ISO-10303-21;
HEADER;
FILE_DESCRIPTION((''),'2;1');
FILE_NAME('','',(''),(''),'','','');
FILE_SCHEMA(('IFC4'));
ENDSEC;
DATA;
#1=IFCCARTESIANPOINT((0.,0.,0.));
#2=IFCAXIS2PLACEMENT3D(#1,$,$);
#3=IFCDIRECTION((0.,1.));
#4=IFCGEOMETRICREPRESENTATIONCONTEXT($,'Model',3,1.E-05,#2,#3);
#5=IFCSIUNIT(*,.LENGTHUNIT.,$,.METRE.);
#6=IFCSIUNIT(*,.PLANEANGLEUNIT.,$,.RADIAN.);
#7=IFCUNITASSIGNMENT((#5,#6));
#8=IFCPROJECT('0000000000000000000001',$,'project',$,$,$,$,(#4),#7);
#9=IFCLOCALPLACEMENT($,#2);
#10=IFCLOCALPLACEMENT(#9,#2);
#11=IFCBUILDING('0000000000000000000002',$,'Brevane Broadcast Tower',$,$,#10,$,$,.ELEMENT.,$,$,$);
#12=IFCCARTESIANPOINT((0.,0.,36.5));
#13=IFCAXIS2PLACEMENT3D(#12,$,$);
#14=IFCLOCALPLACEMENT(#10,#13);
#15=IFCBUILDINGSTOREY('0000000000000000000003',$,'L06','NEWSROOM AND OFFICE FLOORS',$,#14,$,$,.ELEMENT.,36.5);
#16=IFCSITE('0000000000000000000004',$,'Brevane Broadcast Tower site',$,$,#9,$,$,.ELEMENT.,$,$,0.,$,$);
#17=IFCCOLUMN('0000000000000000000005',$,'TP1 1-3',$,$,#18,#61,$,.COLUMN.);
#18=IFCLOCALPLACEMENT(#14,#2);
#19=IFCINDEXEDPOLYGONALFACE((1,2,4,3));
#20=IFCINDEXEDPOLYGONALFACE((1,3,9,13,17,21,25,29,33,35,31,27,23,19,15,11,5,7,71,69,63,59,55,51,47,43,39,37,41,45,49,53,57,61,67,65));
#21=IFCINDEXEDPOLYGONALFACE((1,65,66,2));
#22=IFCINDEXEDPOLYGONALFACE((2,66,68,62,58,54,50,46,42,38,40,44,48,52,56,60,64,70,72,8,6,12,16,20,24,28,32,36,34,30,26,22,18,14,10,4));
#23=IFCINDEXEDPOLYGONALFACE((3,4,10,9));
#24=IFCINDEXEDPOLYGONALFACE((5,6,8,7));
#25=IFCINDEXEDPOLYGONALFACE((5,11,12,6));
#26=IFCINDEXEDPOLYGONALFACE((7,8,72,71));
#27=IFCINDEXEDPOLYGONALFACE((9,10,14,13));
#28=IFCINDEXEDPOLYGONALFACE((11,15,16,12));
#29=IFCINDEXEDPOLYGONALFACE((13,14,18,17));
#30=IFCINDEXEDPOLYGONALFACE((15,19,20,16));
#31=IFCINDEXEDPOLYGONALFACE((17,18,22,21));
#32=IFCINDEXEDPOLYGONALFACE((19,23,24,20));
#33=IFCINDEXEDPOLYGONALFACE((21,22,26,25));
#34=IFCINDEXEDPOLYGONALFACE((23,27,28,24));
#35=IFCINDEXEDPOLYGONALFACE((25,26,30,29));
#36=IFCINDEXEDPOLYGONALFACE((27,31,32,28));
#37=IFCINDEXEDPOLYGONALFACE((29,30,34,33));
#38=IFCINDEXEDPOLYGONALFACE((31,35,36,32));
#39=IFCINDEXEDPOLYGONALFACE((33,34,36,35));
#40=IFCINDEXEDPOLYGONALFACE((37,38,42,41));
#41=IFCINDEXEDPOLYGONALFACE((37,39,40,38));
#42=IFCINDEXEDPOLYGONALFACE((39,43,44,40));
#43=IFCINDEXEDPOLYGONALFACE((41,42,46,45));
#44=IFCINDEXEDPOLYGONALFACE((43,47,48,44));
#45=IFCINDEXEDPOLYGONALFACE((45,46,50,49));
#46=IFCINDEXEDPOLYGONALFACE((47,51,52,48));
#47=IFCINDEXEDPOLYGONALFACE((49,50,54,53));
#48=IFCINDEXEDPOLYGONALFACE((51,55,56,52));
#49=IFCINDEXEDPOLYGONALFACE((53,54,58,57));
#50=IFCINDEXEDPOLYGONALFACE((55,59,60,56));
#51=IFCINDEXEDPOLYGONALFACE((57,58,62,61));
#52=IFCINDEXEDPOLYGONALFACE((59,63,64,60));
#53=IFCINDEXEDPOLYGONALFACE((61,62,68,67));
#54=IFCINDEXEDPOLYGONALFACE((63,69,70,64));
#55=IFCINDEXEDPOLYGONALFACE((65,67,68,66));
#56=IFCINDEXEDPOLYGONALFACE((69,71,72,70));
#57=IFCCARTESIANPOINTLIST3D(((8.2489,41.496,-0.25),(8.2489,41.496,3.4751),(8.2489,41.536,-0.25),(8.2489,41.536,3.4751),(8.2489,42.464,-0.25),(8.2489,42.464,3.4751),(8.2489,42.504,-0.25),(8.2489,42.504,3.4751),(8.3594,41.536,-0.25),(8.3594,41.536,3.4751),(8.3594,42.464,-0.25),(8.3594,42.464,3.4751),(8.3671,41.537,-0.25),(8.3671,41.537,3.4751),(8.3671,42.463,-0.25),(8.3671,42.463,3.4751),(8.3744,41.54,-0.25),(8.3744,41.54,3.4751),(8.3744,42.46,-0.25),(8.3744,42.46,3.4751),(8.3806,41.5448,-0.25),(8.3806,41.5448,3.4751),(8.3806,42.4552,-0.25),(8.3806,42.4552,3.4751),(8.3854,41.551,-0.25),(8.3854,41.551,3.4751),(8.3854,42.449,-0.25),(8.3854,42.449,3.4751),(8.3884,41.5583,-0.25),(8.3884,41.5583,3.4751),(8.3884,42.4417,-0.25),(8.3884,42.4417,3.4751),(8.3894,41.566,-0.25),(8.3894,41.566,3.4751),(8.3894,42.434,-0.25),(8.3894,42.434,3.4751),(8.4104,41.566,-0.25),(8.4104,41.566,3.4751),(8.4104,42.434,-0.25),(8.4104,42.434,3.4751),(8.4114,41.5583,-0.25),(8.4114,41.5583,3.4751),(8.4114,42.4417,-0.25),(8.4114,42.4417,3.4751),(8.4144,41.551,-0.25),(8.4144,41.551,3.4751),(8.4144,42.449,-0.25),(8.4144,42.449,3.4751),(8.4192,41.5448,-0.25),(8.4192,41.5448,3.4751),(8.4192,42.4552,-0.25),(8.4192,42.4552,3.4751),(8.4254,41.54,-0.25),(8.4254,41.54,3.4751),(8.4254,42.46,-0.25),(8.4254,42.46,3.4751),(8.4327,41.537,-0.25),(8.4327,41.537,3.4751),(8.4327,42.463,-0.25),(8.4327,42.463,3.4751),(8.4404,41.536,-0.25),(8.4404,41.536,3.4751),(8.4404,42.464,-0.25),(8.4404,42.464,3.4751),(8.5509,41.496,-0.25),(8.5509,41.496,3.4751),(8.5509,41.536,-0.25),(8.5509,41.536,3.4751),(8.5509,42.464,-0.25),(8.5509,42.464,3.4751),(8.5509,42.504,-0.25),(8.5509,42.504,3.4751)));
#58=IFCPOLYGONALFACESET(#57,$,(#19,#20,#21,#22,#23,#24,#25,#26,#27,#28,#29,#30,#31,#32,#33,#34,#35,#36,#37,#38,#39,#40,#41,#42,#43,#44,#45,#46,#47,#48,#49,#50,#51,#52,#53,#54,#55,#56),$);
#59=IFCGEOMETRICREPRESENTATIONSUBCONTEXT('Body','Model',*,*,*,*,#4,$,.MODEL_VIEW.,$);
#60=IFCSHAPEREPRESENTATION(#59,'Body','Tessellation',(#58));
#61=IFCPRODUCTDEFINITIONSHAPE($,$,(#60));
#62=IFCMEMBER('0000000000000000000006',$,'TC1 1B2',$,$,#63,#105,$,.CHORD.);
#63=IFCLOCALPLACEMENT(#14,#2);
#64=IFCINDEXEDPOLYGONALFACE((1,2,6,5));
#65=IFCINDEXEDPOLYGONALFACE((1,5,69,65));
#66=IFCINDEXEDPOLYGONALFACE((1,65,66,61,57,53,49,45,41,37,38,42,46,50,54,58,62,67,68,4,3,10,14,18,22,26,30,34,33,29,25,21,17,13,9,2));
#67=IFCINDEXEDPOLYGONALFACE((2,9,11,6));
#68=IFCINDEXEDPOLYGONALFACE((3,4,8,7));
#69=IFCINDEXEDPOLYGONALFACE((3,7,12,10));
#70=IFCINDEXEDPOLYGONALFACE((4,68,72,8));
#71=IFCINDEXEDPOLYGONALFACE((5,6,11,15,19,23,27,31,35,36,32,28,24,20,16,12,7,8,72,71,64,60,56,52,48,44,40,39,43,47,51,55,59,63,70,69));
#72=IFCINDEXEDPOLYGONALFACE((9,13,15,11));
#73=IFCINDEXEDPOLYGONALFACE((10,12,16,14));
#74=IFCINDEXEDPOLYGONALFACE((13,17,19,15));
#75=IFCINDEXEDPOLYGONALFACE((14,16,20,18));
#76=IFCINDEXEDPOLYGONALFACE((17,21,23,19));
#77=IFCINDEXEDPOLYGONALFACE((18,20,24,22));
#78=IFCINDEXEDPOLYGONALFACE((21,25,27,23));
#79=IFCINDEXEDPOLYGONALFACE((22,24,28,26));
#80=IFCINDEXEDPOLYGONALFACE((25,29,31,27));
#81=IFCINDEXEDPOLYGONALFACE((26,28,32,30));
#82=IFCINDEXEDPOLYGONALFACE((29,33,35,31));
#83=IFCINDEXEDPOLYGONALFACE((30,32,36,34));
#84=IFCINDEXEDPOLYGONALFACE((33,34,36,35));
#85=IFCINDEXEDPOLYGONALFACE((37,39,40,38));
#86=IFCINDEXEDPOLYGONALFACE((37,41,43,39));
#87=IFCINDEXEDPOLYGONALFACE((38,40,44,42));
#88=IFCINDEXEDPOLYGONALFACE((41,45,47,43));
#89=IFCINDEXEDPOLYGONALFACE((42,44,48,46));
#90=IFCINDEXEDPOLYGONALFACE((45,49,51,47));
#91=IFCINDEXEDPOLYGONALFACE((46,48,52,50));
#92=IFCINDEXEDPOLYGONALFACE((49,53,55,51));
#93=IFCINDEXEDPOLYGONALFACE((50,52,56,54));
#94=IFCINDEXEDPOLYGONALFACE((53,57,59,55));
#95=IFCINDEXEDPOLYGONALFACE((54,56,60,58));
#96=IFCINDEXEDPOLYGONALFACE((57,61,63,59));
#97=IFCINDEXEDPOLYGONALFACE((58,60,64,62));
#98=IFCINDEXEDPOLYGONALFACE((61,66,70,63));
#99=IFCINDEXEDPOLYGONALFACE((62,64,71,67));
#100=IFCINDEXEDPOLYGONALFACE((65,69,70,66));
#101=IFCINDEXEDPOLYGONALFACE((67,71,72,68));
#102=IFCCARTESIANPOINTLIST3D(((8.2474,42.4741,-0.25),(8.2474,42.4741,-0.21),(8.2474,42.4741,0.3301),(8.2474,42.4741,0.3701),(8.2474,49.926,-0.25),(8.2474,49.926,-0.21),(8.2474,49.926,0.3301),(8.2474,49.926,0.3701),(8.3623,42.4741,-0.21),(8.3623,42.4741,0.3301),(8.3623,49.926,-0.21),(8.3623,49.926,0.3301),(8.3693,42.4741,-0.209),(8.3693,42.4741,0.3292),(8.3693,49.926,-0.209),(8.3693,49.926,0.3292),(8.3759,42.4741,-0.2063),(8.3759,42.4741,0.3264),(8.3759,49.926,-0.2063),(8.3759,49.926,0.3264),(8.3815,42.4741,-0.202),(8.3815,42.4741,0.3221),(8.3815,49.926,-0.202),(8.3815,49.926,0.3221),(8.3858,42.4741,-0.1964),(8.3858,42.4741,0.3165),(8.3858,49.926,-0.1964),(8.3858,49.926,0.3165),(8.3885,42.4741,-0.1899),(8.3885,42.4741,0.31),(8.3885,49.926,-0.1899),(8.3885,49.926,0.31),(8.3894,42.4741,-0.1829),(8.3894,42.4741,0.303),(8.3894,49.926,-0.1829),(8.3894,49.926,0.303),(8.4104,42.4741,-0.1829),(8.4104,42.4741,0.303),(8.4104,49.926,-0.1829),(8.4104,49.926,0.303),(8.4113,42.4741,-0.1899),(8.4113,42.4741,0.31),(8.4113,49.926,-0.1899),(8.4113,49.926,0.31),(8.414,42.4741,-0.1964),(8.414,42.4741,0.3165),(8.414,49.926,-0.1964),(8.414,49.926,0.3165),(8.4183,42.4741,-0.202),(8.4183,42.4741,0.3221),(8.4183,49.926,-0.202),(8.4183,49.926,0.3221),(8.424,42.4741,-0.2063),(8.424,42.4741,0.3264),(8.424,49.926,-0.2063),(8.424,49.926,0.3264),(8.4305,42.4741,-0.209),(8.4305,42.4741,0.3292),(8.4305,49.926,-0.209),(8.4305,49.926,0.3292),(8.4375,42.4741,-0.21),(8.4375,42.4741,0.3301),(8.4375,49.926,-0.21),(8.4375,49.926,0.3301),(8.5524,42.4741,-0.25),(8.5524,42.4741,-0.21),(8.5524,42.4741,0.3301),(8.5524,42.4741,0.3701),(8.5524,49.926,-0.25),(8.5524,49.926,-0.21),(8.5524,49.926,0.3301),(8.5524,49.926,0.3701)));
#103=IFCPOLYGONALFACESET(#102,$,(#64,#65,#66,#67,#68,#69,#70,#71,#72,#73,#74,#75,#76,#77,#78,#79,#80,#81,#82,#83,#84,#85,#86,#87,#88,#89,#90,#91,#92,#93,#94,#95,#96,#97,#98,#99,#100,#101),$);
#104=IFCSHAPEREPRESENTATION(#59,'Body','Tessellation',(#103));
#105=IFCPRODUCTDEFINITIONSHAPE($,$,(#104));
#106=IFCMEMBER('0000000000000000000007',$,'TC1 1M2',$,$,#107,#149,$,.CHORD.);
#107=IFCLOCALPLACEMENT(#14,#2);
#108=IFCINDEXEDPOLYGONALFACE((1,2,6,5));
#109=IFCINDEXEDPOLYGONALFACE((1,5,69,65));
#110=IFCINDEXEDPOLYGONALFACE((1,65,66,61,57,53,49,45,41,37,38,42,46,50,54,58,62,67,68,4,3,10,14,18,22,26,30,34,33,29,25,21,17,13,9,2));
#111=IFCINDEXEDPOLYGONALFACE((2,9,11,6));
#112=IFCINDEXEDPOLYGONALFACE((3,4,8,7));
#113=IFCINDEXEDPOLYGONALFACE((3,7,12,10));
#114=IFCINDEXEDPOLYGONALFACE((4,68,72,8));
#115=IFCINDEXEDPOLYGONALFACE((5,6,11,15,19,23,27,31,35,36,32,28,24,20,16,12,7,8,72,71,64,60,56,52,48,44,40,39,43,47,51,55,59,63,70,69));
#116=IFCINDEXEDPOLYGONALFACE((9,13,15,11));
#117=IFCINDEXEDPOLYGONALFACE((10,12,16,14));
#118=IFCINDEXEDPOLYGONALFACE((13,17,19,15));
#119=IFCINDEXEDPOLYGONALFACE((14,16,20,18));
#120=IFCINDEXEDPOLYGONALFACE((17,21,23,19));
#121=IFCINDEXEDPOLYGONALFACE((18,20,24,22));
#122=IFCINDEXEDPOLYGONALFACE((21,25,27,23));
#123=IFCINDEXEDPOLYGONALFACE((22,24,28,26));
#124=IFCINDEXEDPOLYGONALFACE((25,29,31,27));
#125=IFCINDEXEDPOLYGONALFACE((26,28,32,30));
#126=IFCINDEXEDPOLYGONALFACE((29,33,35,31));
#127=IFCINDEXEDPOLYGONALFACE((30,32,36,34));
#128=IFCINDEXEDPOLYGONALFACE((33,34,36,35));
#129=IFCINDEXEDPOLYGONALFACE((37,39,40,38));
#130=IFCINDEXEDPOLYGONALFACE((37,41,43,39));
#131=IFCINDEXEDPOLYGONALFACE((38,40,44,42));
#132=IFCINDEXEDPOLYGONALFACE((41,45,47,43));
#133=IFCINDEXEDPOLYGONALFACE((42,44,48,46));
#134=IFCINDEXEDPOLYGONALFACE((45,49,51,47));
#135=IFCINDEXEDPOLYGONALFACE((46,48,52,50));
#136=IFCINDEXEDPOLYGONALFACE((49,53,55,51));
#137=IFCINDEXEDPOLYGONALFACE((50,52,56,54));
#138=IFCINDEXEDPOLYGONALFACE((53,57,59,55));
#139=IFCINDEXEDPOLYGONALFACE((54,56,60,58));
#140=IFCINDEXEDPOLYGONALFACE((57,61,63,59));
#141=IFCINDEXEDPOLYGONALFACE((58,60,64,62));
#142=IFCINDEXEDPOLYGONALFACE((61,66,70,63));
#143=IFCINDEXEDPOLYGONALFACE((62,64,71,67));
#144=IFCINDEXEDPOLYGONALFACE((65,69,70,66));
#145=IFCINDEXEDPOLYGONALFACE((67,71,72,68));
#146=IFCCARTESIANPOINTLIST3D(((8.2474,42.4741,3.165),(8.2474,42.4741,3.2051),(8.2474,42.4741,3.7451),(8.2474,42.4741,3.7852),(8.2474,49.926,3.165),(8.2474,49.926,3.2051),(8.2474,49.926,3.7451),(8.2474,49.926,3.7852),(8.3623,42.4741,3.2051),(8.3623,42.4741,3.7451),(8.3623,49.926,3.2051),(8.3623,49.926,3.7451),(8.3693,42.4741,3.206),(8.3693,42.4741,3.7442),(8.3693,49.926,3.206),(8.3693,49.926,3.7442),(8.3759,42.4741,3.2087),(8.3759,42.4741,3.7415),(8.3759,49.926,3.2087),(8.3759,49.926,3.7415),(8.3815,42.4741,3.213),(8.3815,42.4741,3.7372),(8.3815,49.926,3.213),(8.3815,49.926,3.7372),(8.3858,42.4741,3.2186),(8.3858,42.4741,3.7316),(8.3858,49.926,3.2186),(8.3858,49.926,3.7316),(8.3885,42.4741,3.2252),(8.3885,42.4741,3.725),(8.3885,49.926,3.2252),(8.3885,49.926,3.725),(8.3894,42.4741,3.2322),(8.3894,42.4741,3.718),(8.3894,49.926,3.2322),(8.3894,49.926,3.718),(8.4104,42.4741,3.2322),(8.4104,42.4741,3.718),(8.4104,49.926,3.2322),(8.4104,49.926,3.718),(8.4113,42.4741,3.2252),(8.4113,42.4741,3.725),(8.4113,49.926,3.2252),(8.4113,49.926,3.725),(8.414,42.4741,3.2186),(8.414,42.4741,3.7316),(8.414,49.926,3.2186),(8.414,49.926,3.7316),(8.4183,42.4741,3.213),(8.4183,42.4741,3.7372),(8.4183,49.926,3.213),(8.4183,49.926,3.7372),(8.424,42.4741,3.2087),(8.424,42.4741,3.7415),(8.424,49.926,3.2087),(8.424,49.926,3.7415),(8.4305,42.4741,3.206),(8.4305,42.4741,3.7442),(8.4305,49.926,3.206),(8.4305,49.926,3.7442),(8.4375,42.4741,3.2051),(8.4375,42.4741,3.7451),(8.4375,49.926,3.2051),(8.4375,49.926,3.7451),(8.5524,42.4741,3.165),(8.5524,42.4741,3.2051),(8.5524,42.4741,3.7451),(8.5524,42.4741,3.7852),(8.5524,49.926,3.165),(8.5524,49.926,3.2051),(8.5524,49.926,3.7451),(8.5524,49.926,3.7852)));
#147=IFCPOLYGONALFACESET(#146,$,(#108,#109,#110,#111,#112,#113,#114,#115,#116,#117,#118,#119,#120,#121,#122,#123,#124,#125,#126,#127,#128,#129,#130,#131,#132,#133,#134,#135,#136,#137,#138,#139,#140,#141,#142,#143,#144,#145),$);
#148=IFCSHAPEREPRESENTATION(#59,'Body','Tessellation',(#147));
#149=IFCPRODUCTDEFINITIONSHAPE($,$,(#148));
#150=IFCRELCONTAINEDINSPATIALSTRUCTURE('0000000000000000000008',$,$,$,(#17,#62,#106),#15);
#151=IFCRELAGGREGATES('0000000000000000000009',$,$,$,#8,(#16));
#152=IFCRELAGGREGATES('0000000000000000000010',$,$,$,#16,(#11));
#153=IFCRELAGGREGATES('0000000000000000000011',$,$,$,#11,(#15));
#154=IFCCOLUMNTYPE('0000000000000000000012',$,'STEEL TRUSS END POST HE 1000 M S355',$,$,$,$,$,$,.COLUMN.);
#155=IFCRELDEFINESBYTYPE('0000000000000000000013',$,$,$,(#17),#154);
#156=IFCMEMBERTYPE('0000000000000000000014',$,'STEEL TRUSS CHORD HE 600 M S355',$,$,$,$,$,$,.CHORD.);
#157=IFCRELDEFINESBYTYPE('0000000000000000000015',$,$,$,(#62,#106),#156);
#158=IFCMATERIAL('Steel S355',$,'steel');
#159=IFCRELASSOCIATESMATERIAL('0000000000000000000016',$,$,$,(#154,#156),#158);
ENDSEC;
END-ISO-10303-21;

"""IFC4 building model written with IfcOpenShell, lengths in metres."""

from ifc_helpers import new_model, si_unit, direction, frame, origin, origin_2d, place, context, subcontext, project, spatial, i_section, extrude, material, material_profile, profile_set, type_object, element, save


model = new_model("IFC4")

# Units and contexts
model_context = context("Model", 3, precision=1e-05, world=origin(), true_north=direction((0.0, 1.0)))
body_context = subcontext(model_context, "Body", "Model", "MODEL_VIEW")
ifc_project = project(units=[si_unit("LENGTHUNIT", "METRE"), si_unit("PLANEANGLEUNIT", "RADIAN")], contexts=[model_context])

# Site, building, storey
site_placement = place(None, origin())
site = spatial("IfcSite", under=ifc_project, at=site_placement, Name="Brevane Broadcast Tower site", CompositionType="ELEMENT", RefElevation=0.0)
building_placement = place(site_placement, origin())
building = spatial("IfcBuilding", under=site, at=building_placement, Name="Brevane Broadcast Tower", CompositionType="ELEMENT")
storey_placement = place(building_placement, frame((0.0, 0.0, 36.5)))
storey = spatial("IfcBuildingStorey", under=building, at=storey_placement, Name="L06", Description="NEWSROOM AND OFFICE FLOORS", CompositionType="ELEMENT", Elevation=36.5)

# Column
ifc_material_1 = material(Name="Steel S355", Category="steel")
ifc_material_profile_1 = material_profile(ifc_material_1, i_section(OverallWidth=0.302, OverallDepth=1.0081, WebThickness=0.021, FlangeThickness=0.04, FilletRadius=0.03, at=origin_2d()), Name="HE 1000 M")
ifc_profile_set_1 = profile_set([ifc_material_profile_1], Name="Steel S355")
column_type = type_object("IfcColumnType", Name="STEEL TRUSS END POST HE 1000 M S355", PredefinedType="COLUMN", material=ifc_profile_set_1)
column_placement = place(storey_placement, frame((8.3999, 42.0, -0.25), z_axis=(0.0, 0.0, 1.0), x_axis=(1.0, 0.0, 0.0)))
element("IfcColumn", 1, at=column_placement, inside=storey, type_object=column_type, Name="TP1 1-3", PredefinedType="COLUMN", context=body_context, shape_type="SweptSolid", body=[
    extrude(i_section(OverallWidth=0.302, OverallDepth=1.0081, WebThickness=0.021, FlangeThickness=0.04, FilletRadius=0.03, at=origin_2d()), origin(), (0.0, 0.0, 1.0), 3.7251),
])

# Members
ifc_material_profile_2 = material_profile(ifc_material_1, i_section(OverallWidth=0.3049, OverallDepth=0.6201, WebThickness=0.021, FlangeThickness=0.04, FilletRadius=0.0271, at=origin_2d()), Name="HE 600 M")
ifc_profile_set_2 = profile_set([ifc_material_profile_2], Name="Steel S355")
member_type_1 = type_object("IfcMemberType", Name="STEEL TRUSS CHORD HE 600 M S355", PredefinedType="CHORD", material=ifc_profile_set_2)
for number, where, z_axis, x_axis, name in (
    (2, (8.3999, 42.4741, 0.0601), (0.0, 1.0, 0.0), (-1.0, 0.0, 0.0), "TC1 1B2"),
    (3, (8.3999, 42.4741, 3.4751), (0.0, 1.0, 0.0), (-1.0, 0.0, 0.0), "TC1 1M2"),
):
    element("IfcMember", number, at=place(storey_placement, frame(where, z_axis=z_axis, x_axis=x_axis)), inside=storey, type_object=member_type_1, Name=name, PredefinedType="CHORD", context=body_context, shape_type="SweptSolid", body=[
        extrude(i_section(OverallWidth=0.3049, OverallDepth=0.6201, WebThickness=0.021, FlangeThickness=0.04, FilletRadius=0.0271, at=origin_2d()), origin(), (0.0, 0.0, 1.0), 7.4519),
    ])

save(model, "model.ifc")
